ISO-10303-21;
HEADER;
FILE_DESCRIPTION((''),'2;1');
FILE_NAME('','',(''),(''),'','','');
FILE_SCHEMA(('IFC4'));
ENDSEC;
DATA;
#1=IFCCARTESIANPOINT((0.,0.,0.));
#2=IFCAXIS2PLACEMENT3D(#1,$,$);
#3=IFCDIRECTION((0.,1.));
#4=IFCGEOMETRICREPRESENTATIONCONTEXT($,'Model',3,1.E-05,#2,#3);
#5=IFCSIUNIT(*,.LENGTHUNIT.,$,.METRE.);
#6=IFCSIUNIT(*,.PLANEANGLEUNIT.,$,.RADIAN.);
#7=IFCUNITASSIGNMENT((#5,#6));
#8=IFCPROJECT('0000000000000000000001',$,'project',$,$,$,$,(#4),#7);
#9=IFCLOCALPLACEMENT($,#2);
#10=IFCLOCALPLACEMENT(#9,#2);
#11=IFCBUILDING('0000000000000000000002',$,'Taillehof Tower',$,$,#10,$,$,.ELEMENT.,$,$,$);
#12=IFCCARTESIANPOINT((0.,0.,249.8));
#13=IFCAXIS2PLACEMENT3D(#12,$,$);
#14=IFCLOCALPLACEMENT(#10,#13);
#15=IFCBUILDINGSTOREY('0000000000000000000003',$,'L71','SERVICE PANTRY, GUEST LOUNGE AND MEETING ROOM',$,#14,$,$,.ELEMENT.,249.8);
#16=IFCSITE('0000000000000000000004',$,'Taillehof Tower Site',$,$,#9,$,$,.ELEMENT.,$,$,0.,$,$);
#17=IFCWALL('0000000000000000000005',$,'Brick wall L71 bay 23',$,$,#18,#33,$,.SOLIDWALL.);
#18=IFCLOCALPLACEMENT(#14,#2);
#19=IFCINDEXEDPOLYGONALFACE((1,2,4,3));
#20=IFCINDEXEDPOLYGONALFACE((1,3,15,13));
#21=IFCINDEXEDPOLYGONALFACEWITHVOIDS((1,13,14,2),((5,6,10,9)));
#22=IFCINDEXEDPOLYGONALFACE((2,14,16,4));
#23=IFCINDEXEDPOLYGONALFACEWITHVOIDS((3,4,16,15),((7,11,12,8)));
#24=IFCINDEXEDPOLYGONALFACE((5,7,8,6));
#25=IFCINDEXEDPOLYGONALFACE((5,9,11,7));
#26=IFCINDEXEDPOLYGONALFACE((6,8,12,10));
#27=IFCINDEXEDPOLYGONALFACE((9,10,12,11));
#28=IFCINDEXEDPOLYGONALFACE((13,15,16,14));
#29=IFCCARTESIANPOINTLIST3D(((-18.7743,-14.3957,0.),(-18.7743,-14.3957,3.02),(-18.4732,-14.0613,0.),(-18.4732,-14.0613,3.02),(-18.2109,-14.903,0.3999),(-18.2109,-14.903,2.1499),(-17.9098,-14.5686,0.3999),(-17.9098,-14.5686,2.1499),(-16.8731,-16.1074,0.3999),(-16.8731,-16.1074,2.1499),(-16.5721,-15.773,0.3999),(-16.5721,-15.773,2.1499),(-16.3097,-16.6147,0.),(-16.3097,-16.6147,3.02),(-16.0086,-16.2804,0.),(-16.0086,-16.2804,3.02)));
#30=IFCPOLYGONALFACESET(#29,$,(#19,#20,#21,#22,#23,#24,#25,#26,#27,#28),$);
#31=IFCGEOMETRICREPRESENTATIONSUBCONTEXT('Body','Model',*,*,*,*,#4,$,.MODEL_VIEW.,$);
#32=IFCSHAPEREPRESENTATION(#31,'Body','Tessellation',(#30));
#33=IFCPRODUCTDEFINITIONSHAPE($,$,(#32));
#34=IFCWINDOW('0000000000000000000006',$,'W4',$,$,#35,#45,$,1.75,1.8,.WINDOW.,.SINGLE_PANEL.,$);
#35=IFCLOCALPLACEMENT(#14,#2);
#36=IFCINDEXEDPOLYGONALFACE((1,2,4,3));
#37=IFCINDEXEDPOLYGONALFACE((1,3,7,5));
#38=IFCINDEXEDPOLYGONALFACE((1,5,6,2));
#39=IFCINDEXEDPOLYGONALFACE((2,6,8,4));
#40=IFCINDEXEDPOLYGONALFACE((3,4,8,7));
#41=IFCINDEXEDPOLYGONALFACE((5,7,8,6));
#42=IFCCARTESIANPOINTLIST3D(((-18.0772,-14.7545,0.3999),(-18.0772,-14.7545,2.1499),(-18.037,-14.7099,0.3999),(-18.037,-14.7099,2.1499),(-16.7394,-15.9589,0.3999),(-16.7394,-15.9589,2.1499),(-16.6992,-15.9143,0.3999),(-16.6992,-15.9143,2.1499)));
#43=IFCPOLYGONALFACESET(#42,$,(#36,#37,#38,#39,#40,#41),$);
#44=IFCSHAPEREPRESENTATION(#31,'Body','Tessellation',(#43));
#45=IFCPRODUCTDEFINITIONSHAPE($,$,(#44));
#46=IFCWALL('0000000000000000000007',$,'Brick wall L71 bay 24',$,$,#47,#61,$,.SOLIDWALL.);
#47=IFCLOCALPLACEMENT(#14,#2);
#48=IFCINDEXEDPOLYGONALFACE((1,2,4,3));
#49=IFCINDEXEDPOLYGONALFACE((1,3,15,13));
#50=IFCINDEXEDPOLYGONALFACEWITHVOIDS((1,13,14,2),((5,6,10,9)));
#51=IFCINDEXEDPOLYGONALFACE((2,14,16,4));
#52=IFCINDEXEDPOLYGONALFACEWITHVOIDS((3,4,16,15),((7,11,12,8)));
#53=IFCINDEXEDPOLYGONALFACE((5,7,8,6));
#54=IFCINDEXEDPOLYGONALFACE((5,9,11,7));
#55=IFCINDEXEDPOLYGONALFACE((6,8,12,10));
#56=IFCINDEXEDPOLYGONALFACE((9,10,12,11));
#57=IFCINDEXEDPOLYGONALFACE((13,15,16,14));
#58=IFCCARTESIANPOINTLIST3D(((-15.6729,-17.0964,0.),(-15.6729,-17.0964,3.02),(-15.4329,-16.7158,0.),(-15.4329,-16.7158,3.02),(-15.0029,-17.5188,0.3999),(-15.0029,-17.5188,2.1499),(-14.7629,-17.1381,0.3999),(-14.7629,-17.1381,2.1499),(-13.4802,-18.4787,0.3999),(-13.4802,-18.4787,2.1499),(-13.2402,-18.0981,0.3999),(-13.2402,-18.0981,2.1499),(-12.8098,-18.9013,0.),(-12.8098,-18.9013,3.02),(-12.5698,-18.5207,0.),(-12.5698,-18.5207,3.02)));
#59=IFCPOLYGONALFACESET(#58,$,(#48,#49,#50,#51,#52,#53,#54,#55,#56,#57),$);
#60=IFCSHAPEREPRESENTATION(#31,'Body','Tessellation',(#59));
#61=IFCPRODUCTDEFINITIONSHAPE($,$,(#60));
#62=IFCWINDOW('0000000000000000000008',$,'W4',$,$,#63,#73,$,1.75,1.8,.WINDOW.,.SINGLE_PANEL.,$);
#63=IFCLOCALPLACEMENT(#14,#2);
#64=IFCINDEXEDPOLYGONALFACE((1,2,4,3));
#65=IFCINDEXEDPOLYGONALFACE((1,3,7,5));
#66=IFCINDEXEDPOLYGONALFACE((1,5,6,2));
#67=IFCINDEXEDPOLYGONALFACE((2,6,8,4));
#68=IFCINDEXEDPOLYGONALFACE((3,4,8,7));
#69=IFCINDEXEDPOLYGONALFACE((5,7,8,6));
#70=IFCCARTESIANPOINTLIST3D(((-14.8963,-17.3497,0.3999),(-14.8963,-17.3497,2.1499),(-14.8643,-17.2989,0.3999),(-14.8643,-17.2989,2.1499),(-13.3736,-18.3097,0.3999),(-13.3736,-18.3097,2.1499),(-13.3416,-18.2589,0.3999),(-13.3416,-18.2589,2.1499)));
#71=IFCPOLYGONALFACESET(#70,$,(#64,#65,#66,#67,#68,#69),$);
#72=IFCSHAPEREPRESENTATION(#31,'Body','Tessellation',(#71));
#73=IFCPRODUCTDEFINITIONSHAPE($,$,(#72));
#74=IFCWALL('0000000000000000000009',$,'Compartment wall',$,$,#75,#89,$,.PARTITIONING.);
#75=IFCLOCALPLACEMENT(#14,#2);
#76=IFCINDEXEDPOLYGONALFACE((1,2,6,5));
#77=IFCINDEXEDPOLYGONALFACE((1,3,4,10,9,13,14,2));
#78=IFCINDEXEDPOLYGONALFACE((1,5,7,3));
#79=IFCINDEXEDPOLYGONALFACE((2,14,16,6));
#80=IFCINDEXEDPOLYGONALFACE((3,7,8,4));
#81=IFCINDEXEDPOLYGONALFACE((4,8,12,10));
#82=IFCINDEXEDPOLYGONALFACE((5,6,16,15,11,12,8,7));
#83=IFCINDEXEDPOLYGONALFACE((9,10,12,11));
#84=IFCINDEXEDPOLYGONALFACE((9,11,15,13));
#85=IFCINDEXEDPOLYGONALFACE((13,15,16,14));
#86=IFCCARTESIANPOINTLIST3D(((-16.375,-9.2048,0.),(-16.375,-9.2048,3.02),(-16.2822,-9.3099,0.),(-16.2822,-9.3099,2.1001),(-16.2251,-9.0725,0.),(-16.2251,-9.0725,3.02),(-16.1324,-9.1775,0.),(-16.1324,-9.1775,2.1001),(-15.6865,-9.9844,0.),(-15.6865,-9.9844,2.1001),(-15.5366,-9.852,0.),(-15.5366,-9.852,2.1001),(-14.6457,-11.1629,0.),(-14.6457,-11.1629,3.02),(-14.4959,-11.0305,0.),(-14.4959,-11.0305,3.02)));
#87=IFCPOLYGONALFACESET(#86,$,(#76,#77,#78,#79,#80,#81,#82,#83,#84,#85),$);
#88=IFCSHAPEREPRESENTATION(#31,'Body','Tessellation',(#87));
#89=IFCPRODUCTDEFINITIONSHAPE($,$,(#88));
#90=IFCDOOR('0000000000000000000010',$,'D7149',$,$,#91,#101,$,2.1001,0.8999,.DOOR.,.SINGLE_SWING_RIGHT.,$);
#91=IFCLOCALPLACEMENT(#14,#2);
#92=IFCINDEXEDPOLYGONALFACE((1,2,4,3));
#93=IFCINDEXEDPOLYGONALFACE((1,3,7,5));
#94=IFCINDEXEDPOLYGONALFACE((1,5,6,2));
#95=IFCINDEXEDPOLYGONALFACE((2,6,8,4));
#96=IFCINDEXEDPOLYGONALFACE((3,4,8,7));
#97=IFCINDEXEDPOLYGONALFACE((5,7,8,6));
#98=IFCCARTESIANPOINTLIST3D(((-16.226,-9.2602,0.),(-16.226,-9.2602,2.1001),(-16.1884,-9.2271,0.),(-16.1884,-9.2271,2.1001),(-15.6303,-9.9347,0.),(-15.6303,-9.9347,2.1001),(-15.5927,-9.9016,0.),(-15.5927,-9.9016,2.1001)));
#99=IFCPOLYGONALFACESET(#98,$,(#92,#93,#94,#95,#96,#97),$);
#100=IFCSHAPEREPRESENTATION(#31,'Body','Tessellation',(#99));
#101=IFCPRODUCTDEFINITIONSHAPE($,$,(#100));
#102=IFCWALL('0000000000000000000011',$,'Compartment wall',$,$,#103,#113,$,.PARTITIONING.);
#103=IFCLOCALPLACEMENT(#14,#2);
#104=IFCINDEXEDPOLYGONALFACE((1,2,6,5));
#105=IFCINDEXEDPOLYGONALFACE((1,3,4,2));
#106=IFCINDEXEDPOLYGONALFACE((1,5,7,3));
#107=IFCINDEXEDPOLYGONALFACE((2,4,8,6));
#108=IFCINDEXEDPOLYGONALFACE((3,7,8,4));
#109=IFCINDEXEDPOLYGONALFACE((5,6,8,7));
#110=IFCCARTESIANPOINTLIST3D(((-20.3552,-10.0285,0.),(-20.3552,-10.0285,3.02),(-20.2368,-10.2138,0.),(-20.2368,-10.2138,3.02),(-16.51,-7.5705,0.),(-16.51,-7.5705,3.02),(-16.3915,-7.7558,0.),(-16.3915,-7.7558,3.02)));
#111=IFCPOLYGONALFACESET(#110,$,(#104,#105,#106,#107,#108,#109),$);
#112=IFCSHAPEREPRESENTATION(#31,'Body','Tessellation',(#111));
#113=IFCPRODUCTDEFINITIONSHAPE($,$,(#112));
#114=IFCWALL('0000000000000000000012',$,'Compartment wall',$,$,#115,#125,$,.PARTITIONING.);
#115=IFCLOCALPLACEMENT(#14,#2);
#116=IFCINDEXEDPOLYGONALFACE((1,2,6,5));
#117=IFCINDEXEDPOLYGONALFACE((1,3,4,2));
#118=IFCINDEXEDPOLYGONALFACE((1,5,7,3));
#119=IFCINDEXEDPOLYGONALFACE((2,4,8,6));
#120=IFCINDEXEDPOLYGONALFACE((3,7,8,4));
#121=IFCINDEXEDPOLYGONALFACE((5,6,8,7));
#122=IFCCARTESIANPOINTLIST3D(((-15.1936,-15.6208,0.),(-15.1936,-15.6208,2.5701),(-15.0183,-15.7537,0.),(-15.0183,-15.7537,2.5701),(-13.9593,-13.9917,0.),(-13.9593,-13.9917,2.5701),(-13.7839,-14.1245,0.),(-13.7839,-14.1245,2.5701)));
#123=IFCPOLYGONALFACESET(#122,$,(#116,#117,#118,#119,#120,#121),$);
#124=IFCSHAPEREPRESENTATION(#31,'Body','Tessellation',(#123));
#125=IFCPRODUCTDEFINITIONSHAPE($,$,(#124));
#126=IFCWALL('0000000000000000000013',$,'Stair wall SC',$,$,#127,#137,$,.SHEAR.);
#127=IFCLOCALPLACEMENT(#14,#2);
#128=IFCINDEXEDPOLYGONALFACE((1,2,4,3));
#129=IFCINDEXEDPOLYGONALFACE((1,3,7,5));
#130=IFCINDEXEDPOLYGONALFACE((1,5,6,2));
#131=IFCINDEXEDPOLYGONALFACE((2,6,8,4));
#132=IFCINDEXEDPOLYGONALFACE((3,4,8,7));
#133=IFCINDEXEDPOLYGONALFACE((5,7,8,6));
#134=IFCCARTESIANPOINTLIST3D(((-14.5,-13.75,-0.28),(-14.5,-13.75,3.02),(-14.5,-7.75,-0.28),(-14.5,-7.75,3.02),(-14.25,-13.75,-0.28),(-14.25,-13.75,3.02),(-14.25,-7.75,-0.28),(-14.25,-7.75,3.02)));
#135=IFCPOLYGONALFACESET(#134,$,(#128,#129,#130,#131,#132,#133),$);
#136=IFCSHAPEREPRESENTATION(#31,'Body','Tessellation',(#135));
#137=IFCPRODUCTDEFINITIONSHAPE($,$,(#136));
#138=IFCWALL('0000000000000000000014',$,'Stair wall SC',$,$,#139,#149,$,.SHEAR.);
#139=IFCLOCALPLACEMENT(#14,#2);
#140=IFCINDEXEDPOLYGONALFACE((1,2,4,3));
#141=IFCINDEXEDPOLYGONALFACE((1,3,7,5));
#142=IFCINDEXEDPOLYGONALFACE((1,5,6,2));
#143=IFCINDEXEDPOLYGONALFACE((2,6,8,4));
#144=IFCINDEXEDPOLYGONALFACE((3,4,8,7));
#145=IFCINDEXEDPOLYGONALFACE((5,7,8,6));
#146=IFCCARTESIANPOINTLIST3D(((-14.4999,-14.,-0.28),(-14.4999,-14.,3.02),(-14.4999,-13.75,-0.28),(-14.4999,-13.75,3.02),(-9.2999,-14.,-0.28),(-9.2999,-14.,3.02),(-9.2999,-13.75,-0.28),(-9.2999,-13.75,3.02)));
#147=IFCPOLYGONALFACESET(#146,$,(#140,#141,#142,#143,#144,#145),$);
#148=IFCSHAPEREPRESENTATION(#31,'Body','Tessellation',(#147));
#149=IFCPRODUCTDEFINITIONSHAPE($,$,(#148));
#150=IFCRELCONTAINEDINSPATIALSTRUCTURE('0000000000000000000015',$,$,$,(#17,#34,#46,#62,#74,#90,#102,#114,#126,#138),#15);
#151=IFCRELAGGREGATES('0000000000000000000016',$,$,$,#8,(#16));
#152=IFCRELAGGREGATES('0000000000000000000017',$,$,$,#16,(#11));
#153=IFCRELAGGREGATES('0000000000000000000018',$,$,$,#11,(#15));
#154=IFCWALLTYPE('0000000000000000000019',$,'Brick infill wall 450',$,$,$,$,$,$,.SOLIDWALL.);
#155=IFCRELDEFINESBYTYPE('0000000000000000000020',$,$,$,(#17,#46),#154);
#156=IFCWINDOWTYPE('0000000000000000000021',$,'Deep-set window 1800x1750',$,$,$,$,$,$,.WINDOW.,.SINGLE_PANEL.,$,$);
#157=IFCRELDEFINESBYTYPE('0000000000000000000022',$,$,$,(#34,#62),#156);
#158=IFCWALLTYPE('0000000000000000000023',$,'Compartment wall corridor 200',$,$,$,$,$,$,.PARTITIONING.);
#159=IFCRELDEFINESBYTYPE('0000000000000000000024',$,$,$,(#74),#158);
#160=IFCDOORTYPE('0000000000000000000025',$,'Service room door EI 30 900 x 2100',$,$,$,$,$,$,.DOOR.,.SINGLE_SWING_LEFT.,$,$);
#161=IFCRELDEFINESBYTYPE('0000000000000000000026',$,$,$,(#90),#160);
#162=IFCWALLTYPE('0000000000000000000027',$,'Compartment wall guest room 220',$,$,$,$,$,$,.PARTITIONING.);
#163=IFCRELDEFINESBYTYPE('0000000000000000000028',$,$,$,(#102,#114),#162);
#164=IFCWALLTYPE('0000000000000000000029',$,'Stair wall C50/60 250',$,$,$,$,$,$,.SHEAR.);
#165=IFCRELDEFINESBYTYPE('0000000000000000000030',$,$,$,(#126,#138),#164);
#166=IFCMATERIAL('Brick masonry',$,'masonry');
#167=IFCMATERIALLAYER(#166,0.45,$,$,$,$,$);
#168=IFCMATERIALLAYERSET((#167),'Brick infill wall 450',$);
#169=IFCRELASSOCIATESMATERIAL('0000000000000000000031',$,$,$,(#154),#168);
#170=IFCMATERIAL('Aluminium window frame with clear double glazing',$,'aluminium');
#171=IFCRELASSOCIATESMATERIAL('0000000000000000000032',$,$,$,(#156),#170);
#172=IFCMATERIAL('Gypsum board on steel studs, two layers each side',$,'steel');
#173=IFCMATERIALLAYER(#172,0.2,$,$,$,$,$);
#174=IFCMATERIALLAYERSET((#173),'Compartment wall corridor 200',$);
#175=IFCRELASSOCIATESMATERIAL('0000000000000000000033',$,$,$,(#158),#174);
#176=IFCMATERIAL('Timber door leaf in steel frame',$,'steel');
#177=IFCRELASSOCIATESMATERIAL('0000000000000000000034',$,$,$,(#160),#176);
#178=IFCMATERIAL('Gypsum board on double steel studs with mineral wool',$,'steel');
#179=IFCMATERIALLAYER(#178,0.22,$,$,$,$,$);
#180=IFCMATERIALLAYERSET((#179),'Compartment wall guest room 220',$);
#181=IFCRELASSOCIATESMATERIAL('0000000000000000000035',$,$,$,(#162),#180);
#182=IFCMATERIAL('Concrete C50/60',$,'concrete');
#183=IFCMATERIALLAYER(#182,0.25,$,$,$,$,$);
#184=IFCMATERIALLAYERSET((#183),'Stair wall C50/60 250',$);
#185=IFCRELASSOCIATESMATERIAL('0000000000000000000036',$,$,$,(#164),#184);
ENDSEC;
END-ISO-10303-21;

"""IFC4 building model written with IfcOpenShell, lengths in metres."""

from ifc_helpers import new_model, si_unit, direction, frame, frame_2d, origin, place, context, subcontext, project, spatial, rectangle, extrude, material, layer, layer_set, type_object, element, fill, save


model = new_model("IFC4")

# Units and contexts
model_context = context("Model", 3, precision=1e-05, world=origin(), true_north=direction((0.0, 1.0)))
body_context = subcontext(model_context, "Body", "Model", "MODEL_VIEW")
ifc_project = project(units=[si_unit("LENGTHUNIT", "METRE"), si_unit("PLANEANGLEUNIT", "RADIAN")], contexts=[model_context])

# Site, building, storey
site_placement = place(None, origin())
site = spatial("IfcSite", under=ifc_project, at=site_placement, Name="Taillehof Tower Site", CompositionType="ELEMENT", RefElevation=0.0)
building_placement = place(site_placement, origin())
building = spatial("IfcBuilding", under=site, at=building_placement, Name="Taillehof Tower", CompositionType="ELEMENT")
storey_placement = place(building_placement, frame((0.0, 0.0, 249.8)))
storey = spatial("IfcBuildingStorey", under=building, at=storey_placement, Name="L71", Description="SERVICE PANTRY, GUEST LOUNGE AND MEETING ROOM", CompositionType="ELEMENT", Elevation=249.8)

# Walls, openings, windows
ifc_material_1 = material(Name="Brick masonry", Category="masonry")
ifc_layer_1 = layer(ifc_material_1, 0.45)
ifc_layer_set_1 = layer_set([ifc_layer_1], Name="Brick infill wall 450")
wall_type_1 = type_object("IfcWallType", Name="Brick infill wall 450", PredefinedType="SOLIDWALL", material=ifc_layer_set_1)
ifc_material_2 = material(Name="Aluminium window frame with clear double glazing", Category="aluminium")
window_type = type_object("IfcWindowType", Name="Deep-set window 1800x1750", PartitioningType="SINGLE_PANEL", PredefinedType="WINDOW", material=ifc_material_2)
wall_1_placement = place(storey_placement, frame((-18.6238, -14.2285, 0.0), z_axis=(0.0, 0.0, 1.0), x_axis=(0.743166, -0.669107, 0.0)))
wall_1 = element("IfcWall", 1, at=wall_1_placement, inside=storey, type_object=wall_type_1, Name="Brick wall L71 bay 23", PredefinedType="SOLIDWALL", context=body_context, shape_type="SweptSolid", body=[
    extrude(rectangle(XDim=3.3164, YDim=0.45, at=frame_2d((1.6582, 0.0))), origin(), (0.0, 0.0, 1.0), 3.02),
])
opening_1_placement = place(wall_1_placement, frame((0.7583, 0.0, 0.3999)))
opening_1 = element("IfcOpeningElement", 2, at=opening_1_placement, cuts=wall_1, PredefinedType="OPENING", context=body_context, shape_type="SweptSolid", body=[
    extrude(rectangle(XDim=1.8, YDim=1.75, at=frame_2d((0.8999, 0.875))), frame((0.0, 0.2349, 0.0), z_axis=(0.0, -1.0, 0.0), x_axis=(1.0, 0.0, 0.0)), (0.0, 0.0, 1.0), 0.47),
])
window_1_placement = place(opening_1_placement, origin())
window_1 = element("IfcWindow", 3, at=window_1_placement, inside=storey, type_object=window_type, Name="W4", OverallHeight=1.75, OverallWidth=1.8, PartitioningType="SINGLE_PANEL", PredefinedType="WINDOW", context=body_context, shape_type="SweptSolid", body=[
    extrude(rectangle(XDim=1.8, YDim=1.75, at=frame_2d((0.8999, 0.875))), frame((0.0, 0.0349, 0.0), z_axis=(0.0, -1.0, 0.0), x_axis=(1.0, 0.0, 0.0)), (0.0, 0.0, 1.0), 0.0601),
])
fill(opening_1, window_1)
wall_2_placement = place(storey_placement, frame((-15.553, -16.906, 0.0), z_axis=(0.0, 0.0, 1.0), x_axis=(0.845929, -0.533295, 0.0)))
wall_2 = element("IfcWall", 4, at=wall_2_placement, inside=storey, type_object=wall_type_1, Name="Brick wall L71 bay 24", PredefinedType="SOLIDWALL", context=body_context, shape_type="SweptSolid", body=[
    extrude(rectangle(XDim=3.3845, YDim=0.45, at=frame_2d((1.6924, 0.0))), origin(), (0.0, 0.0, 1.0), 3.02),
])
opening_2_placement = place(wall_2_placement, frame((0.7922, 0.0, 0.3999)))
opening_2 = element("IfcOpeningElement", 5, at=opening_2_placement, cuts=wall_2, PredefinedType="OPENING", context=body_context, shape_type="SweptSolid", body=[
    extrude(rectangle(XDim=1.8, YDim=1.75, at=frame_2d((0.8999, 0.875))), frame((0.0, 0.2349, 0.0), z_axis=(0.0, -1.0, 0.0), x_axis=(1.0, 0.0, 0.0)), (0.0, 0.0, 1.0), 0.47),
])
window_2_placement = place(opening_2_placement, origin())
window_2 = element("IfcWindow", 6, at=window_2_placement, inside=storey, type_object=window_type, Name="W4", OverallHeight=1.75, OverallWidth=1.8, PartitioningType="SINGLE_PANEL", PredefinedType="WINDOW", context=body_context, shape_type="SweptSolid", body=[
    extrude(rectangle(XDim=1.8, YDim=1.75, at=frame_2d((0.8999, 0.875))), frame((0.0, 0.0349, 0.0), z_axis=(0.0, -1.0, 0.0), x_axis=(1.0, 0.0, 0.0)), (0.0, 0.0, 1.0), 0.0601),
])
fill(opening_2, window_2)

# Wall, opening, door
ifc_material_3 = material(Name="Gypsum board on steel studs, two layers each side", Category="steel")
ifc_layer_2 = layer(ifc_material_3, 0.2)
ifc_layer_set_2 = layer_set([ifc_layer_2], Name="Compartment wall corridor 200")
wall_type_2 = type_object("IfcWallType", Name="Compartment wall corridor 200", PredefinedType="PARTITIONING", material=ifc_layer_set_2)
wall_3_placement = place(storey_placement, frame((-14.5708, -11.0967, 0.0), z_axis=(0.0, 0.0, 1.0), x_axis=(-0.661965, 0.749535, 0.0)))
wall_3 = element("IfcWall", 7, at=wall_3_placement, inside=storey, type_object=wall_type_2, Name="Compartment wall", PredefinedType="PARTITIONING", context=body_context, shape_type="SweptSolid", body=[
    extrude(rectangle(XDim=2.6123, YDim=0.2, at=frame_2d((1.3062, 0.0))), origin(), (0.0, 0.0, 1.0), 3.02),
])
opening_3_placement = place(wall_3_placement, frame((1.5723, 0.0, 0.0)))
opening_3 = element("IfcOpeningElement", 8, at=opening_3_placement, cuts=wall_3, PredefinedType="OPENING", context=body_context, shape_type="SweptSolid", body=[
    extrude(rectangle(XDim=0.8999, YDim=2.1001, at=frame_2d((0.45, 1.05))), frame((0.0, 0.1099, 0.0), z_axis=(0.0, -1.0, 0.0), x_axis=(1.0, 0.0, 0.0)), (0.0, 0.0, 1.0), 0.22),
])
ifc_material_4 = material(Name="Timber door leaf in steel frame", Category="steel")
door_type = type_object("IfcDoorType", Name="Service room door EI 30 900 x 2100", OperationType="SINGLE_SWING_LEFT", PredefinedType="DOOR", material=ifc_material_4)
door_placement = place(opening_3_placement, origin())
door = element("IfcDoor", 9, at=door_placement, inside=storey, type_object=door_type, Name="D7149", OperationType="SINGLE_SWING_RIGHT", OverallHeight=2.1001, OverallWidth=0.8999, PredefinedType="DOOR", context=body_context, shape_type="SweptSolid", body=[
    extrude(rectangle(XDim=0.8999, YDim=2.1001, at=frame_2d((0.45, 1.05))), frame((0.0, 0.0249, 0.0), z_axis=(0.0, -1.0, 0.0), x_axis=(1.0, 0.0, 0.0)), (0.0, 0.0, 1.0), 0.05),
])
fill(opening_3, door)

# Walls
ifc_material_5 = material(Name="Gypsum board on double steel studs with mineral wool", Category="steel")
ifc_layer_3 = layer(ifc_material_5, 0.22)
ifc_layer_set_3 = layer_set([ifc_layer_3], Name="Compartment wall guest room 220")
wall_type_3 = type_object("IfcWallType", Name="Compartment wall guest room 220", PredefinedType="PARTITIONING", material=ifc_layer_set_3)
wall_4_placement = place(storey_placement, frame((-20.2959, -10.1211, 0.0), z_axis=(0.0, 0.0, 1.0), x_axis=(0.842563, 0.538598, 0.0)))
element("IfcWall", 10, at=wall_4_placement, inside=storey, type_object=wall_type_3, Name="Compartment wall", PredefinedType="PARTITIONING", context=body_context, shape_type="SweptSolid", body=[
    extrude(rectangle(XDim=4.5637, YDim=0.22, at=frame_2d((2.2817, 0.0))), origin(), (0.0, 0.0, 1.0), 3.02),
])
wall_5_placement = place(storey_placement, frame((-15.106, -15.6873, 0.0), z_axis=(0.0, 0.0, 1.0), x_axis=(0.603911, 0.797052, 0.0)))
element("IfcWall", 11, at=wall_5_placement, inside=storey, type_object=wall_type_3, Name="Compartment wall", PredefinedType="PARTITIONING", context=body_context, shape_type="SweptSolid", body=[
    extrude(rectangle(XDim=2.0439, YDim=0.22, at=frame_2d((1.022, 0.0))), origin(), (0.0, 0.0, 1.0), 2.5701),
])
ifc_material_6 = material(Name="Concrete C50/60", Category="concrete")
ifc_layer_4 = layer(ifc_material_6, 0.25)
ifc_layer_set_4 = layer_set([ifc_layer_4], Name="Stair wall C50/60 250")
wall_type_4 = type_object("IfcWallType", Name="Stair wall C50/60 250", PredefinedType="SHEAR", material=ifc_layer_set_4)
wall_6_placement = place(storey_placement, frame((-14.375, -13.75, -0.28), z_axis=(0.0, 0.0, 1.0), x_axis=(0.0, 1.0, 0.0)))
element("IfcWall", 12, at=wall_6_placement, inside=storey, type_object=wall_type_4, Name="Stair wall SC", PredefinedType="SHEAR", context=body_context, shape_type="SweptSolid", body=[
    extrude(rectangle(XDim=6.0, YDim=0.25, at=frame_2d((3.0, 0.0))), origin(), (0.0, 0.0, 1.0), 3.3),
])
wall_7_placement = place(storey_placement, frame((-14.5, -13.875, -0.28), z_axis=(0.0, 0.0, 1.0), x_axis=(1.0, 0.0, 0.0)))
element("IfcWall", 13, at=wall_7_placement, inside=storey, type_object=wall_type_4, Name="Stair wall SC", PredefinedType="SHEAR", context=body_context, shape_type="SweptSolid", body=[
    extrude(rectangle(XDim=5.2, YDim=0.25, at=frame_2d((2.6001, 0.0))), origin(), (0.0, 0.0, 1.0), 3.3),
])

save(model, "model.ifc")
